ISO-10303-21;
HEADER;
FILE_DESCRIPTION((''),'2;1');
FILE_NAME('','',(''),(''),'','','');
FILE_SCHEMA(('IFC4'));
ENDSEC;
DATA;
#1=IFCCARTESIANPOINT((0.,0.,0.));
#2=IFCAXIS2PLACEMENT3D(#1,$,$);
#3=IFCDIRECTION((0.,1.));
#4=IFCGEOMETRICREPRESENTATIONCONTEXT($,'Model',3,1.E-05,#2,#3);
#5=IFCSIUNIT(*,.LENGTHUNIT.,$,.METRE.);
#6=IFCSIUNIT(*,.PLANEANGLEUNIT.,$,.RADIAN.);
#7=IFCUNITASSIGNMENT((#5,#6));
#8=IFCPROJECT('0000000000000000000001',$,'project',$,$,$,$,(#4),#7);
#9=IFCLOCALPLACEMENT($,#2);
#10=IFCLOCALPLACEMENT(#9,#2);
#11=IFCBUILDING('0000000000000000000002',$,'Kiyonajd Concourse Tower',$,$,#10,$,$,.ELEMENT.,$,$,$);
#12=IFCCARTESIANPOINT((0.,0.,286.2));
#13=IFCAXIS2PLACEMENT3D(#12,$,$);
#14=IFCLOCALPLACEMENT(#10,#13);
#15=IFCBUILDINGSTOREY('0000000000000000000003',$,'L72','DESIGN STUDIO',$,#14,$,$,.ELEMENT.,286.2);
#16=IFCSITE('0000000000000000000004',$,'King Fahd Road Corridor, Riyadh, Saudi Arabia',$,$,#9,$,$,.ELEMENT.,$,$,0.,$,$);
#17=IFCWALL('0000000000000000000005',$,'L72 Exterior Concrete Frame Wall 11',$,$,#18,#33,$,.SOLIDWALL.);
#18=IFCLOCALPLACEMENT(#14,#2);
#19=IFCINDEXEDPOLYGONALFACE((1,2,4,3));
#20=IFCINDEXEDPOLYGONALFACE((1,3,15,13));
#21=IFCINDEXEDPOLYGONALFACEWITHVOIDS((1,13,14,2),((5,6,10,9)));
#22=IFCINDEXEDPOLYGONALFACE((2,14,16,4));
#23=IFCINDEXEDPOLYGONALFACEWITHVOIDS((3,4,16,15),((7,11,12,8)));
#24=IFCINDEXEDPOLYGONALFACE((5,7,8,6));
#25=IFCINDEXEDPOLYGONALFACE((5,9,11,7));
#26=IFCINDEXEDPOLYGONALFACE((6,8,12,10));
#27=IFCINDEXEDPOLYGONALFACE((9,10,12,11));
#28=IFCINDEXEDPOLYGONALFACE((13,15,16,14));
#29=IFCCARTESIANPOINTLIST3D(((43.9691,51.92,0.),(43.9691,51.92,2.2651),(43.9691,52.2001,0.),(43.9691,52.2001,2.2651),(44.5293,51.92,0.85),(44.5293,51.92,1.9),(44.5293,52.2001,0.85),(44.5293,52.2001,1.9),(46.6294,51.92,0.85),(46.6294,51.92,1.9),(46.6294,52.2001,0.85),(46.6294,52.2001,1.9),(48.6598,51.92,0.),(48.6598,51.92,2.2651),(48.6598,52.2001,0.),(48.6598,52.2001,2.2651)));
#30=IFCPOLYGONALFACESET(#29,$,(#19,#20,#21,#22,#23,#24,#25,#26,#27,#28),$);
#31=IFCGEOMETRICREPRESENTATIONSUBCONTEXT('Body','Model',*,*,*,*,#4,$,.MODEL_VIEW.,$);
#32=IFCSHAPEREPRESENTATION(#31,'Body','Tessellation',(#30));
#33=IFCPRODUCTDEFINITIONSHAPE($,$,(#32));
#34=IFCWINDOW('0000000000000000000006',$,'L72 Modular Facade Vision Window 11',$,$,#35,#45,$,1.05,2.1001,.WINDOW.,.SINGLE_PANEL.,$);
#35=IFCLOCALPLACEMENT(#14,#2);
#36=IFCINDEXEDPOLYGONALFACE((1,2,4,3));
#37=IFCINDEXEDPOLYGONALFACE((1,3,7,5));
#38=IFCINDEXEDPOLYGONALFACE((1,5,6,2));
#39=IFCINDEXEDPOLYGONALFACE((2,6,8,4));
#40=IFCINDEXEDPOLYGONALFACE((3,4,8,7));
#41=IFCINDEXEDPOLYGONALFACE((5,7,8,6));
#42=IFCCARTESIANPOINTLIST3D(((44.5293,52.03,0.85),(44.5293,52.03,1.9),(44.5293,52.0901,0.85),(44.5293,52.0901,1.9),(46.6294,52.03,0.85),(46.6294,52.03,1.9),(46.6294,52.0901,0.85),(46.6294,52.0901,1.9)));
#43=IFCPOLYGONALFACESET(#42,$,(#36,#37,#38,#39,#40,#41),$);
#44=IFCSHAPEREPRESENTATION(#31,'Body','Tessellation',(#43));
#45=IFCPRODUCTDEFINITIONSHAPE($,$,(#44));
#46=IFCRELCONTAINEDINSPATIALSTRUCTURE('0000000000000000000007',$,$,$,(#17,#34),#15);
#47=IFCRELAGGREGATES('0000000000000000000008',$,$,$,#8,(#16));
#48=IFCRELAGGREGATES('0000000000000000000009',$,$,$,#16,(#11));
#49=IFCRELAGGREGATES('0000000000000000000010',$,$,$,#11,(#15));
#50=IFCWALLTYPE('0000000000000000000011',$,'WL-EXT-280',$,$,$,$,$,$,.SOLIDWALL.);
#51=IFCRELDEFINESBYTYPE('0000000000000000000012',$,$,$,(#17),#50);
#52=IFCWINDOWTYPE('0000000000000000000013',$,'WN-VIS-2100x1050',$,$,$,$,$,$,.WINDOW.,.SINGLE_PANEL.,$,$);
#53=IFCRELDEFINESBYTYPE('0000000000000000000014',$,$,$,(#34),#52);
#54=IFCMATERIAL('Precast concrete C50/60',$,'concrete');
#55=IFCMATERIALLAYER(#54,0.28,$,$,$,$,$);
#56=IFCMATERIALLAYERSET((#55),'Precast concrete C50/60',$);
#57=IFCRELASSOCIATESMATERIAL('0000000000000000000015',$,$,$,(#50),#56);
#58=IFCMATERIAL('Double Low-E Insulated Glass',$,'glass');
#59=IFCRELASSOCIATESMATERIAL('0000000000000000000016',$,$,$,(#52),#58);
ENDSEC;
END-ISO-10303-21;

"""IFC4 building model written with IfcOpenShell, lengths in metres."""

from ifc_helpers import new_model, si_unit, direction, frame, frame_2d, origin, place, context, subcontext, project, spatial, rectangle, extrude, material, layer, layer_set, type_object, element, fill, save


model = new_model("IFC4")

# Units and contexts
model_context = context("Model", 3, precision=1e-05, world=origin(), true_north=direction((0.0, 1.0)))
body_context = subcontext(model_context, "Body", "Model", "MODEL_VIEW")
ifc_project = project(units=[si_unit("LENGTHUNIT", "METRE"), si_unit("PLANEANGLEUNIT", "RADIAN")], contexts=[model_context])

# Site, building, storey
site_placement = place(None, origin())
site = spatial("IfcSite", under=ifc_project, at=site_placement, Name="King Fahd Road Corridor, Riyadh, Saudi Arabia", CompositionType="ELEMENT", RefElevation=0.0)
building_placement = place(site_placement, origin())
building = spatial("IfcBuilding", under=site, at=building_placement, Name="Kiyonajd Concourse Tower", CompositionType="ELEMENT")
storey_placement = place(building_placement, frame((0.0, 0.0, 286.2)))
storey = spatial("IfcBuildingStorey", under=building, at=storey_placement, Name="L72", Description="DESIGN STUDIO", CompositionType="ELEMENT", Elevation=286.2)

# Shared definitions
ifc_material_1 = material(Name="Double Low-E Insulated Glass", Category="glass")

# Shared definitions
ifc_material_2 = material(Name="Precast concrete C50/60", Category="concrete")
ifc_layer_1 = layer(ifc_material_2, 0.28)
ifc_layer_set_1 = layer_set([ifc_layer_1], Name="Precast concrete C50/60")
wall_type = type_object("IfcWallType", Name="WL-EXT-280", PredefinedType="SOLIDWALL", material=ifc_layer_set_1)

# Wall, opening, window
wall_1_placement = place(storey_placement, frame((43.9692, 52.0601, 0.0), z_axis=(0.0, 0.0, 1.0), x_axis=(1.0, 0.0, 0.0)))
wall_1 = element("IfcWall", 1, at=wall_1_placement, inside=storey, type_object=wall_type, Name="L72 Exterior Concrete Frame Wall 11", PredefinedType="SOLIDWALL", context=body_context, shape_type="SweptSolid", body=[
    extrude(rectangle(XDim=4.6907, YDim=0.28, at=frame_2d((2.3452, 0.0))), origin(), (0.0, 0.0, 1.0), 2.2651),
])
opening_placement = place(wall_1_placement, frame((0.5601, 0.0, 0.8501)))
opening = element("IfcOpeningElement", 2, at=opening_placement, cuts=wall_1, PredefinedType="OPENING", context=body_context, shape_type="SweptSolid", body=[
    extrude(rectangle(XDim=2.1001, YDim=1.05, at=frame_2d((1.05, 0.5249))), frame((0.0, 0.1499, 0.0), z_axis=(0.0, -1.0, 0.0), x_axis=(1.0, 0.0, 0.0)), (0.0, 0.0, 1.0), 0.3),
])
window_type = type_object("IfcWindowType", Name="WN-VIS-2100x1050", PartitioningType="SINGLE_PANEL", PredefinedType="WINDOW", material=ifc_material_1)
window_placement = place(opening_placement, origin())
window = element("IfcWindow", 3, at=window_placement, inside=storey, type_object=window_type, Name="L72 Modular Facade Vision Window 11", OverallHeight=1.05, OverallWidth=2.1001, PartitioningType="SINGLE_PANEL", PredefinedType="WINDOW", context=body_context, shape_type="SweptSolid", body=[
    extrude(rectangle(XDim=2.1001, YDim=1.05, at=frame_2d((1.05, 0.5249))), frame((0.0, 0.03, 0.0), z_axis=(0.0, -1.0, 0.0), x_axis=(1.0, 0.0, 0.0)), (0.0, 0.0, 1.0), 0.0601),
])
fill(opening, window)

save(model, "model.ifc")
